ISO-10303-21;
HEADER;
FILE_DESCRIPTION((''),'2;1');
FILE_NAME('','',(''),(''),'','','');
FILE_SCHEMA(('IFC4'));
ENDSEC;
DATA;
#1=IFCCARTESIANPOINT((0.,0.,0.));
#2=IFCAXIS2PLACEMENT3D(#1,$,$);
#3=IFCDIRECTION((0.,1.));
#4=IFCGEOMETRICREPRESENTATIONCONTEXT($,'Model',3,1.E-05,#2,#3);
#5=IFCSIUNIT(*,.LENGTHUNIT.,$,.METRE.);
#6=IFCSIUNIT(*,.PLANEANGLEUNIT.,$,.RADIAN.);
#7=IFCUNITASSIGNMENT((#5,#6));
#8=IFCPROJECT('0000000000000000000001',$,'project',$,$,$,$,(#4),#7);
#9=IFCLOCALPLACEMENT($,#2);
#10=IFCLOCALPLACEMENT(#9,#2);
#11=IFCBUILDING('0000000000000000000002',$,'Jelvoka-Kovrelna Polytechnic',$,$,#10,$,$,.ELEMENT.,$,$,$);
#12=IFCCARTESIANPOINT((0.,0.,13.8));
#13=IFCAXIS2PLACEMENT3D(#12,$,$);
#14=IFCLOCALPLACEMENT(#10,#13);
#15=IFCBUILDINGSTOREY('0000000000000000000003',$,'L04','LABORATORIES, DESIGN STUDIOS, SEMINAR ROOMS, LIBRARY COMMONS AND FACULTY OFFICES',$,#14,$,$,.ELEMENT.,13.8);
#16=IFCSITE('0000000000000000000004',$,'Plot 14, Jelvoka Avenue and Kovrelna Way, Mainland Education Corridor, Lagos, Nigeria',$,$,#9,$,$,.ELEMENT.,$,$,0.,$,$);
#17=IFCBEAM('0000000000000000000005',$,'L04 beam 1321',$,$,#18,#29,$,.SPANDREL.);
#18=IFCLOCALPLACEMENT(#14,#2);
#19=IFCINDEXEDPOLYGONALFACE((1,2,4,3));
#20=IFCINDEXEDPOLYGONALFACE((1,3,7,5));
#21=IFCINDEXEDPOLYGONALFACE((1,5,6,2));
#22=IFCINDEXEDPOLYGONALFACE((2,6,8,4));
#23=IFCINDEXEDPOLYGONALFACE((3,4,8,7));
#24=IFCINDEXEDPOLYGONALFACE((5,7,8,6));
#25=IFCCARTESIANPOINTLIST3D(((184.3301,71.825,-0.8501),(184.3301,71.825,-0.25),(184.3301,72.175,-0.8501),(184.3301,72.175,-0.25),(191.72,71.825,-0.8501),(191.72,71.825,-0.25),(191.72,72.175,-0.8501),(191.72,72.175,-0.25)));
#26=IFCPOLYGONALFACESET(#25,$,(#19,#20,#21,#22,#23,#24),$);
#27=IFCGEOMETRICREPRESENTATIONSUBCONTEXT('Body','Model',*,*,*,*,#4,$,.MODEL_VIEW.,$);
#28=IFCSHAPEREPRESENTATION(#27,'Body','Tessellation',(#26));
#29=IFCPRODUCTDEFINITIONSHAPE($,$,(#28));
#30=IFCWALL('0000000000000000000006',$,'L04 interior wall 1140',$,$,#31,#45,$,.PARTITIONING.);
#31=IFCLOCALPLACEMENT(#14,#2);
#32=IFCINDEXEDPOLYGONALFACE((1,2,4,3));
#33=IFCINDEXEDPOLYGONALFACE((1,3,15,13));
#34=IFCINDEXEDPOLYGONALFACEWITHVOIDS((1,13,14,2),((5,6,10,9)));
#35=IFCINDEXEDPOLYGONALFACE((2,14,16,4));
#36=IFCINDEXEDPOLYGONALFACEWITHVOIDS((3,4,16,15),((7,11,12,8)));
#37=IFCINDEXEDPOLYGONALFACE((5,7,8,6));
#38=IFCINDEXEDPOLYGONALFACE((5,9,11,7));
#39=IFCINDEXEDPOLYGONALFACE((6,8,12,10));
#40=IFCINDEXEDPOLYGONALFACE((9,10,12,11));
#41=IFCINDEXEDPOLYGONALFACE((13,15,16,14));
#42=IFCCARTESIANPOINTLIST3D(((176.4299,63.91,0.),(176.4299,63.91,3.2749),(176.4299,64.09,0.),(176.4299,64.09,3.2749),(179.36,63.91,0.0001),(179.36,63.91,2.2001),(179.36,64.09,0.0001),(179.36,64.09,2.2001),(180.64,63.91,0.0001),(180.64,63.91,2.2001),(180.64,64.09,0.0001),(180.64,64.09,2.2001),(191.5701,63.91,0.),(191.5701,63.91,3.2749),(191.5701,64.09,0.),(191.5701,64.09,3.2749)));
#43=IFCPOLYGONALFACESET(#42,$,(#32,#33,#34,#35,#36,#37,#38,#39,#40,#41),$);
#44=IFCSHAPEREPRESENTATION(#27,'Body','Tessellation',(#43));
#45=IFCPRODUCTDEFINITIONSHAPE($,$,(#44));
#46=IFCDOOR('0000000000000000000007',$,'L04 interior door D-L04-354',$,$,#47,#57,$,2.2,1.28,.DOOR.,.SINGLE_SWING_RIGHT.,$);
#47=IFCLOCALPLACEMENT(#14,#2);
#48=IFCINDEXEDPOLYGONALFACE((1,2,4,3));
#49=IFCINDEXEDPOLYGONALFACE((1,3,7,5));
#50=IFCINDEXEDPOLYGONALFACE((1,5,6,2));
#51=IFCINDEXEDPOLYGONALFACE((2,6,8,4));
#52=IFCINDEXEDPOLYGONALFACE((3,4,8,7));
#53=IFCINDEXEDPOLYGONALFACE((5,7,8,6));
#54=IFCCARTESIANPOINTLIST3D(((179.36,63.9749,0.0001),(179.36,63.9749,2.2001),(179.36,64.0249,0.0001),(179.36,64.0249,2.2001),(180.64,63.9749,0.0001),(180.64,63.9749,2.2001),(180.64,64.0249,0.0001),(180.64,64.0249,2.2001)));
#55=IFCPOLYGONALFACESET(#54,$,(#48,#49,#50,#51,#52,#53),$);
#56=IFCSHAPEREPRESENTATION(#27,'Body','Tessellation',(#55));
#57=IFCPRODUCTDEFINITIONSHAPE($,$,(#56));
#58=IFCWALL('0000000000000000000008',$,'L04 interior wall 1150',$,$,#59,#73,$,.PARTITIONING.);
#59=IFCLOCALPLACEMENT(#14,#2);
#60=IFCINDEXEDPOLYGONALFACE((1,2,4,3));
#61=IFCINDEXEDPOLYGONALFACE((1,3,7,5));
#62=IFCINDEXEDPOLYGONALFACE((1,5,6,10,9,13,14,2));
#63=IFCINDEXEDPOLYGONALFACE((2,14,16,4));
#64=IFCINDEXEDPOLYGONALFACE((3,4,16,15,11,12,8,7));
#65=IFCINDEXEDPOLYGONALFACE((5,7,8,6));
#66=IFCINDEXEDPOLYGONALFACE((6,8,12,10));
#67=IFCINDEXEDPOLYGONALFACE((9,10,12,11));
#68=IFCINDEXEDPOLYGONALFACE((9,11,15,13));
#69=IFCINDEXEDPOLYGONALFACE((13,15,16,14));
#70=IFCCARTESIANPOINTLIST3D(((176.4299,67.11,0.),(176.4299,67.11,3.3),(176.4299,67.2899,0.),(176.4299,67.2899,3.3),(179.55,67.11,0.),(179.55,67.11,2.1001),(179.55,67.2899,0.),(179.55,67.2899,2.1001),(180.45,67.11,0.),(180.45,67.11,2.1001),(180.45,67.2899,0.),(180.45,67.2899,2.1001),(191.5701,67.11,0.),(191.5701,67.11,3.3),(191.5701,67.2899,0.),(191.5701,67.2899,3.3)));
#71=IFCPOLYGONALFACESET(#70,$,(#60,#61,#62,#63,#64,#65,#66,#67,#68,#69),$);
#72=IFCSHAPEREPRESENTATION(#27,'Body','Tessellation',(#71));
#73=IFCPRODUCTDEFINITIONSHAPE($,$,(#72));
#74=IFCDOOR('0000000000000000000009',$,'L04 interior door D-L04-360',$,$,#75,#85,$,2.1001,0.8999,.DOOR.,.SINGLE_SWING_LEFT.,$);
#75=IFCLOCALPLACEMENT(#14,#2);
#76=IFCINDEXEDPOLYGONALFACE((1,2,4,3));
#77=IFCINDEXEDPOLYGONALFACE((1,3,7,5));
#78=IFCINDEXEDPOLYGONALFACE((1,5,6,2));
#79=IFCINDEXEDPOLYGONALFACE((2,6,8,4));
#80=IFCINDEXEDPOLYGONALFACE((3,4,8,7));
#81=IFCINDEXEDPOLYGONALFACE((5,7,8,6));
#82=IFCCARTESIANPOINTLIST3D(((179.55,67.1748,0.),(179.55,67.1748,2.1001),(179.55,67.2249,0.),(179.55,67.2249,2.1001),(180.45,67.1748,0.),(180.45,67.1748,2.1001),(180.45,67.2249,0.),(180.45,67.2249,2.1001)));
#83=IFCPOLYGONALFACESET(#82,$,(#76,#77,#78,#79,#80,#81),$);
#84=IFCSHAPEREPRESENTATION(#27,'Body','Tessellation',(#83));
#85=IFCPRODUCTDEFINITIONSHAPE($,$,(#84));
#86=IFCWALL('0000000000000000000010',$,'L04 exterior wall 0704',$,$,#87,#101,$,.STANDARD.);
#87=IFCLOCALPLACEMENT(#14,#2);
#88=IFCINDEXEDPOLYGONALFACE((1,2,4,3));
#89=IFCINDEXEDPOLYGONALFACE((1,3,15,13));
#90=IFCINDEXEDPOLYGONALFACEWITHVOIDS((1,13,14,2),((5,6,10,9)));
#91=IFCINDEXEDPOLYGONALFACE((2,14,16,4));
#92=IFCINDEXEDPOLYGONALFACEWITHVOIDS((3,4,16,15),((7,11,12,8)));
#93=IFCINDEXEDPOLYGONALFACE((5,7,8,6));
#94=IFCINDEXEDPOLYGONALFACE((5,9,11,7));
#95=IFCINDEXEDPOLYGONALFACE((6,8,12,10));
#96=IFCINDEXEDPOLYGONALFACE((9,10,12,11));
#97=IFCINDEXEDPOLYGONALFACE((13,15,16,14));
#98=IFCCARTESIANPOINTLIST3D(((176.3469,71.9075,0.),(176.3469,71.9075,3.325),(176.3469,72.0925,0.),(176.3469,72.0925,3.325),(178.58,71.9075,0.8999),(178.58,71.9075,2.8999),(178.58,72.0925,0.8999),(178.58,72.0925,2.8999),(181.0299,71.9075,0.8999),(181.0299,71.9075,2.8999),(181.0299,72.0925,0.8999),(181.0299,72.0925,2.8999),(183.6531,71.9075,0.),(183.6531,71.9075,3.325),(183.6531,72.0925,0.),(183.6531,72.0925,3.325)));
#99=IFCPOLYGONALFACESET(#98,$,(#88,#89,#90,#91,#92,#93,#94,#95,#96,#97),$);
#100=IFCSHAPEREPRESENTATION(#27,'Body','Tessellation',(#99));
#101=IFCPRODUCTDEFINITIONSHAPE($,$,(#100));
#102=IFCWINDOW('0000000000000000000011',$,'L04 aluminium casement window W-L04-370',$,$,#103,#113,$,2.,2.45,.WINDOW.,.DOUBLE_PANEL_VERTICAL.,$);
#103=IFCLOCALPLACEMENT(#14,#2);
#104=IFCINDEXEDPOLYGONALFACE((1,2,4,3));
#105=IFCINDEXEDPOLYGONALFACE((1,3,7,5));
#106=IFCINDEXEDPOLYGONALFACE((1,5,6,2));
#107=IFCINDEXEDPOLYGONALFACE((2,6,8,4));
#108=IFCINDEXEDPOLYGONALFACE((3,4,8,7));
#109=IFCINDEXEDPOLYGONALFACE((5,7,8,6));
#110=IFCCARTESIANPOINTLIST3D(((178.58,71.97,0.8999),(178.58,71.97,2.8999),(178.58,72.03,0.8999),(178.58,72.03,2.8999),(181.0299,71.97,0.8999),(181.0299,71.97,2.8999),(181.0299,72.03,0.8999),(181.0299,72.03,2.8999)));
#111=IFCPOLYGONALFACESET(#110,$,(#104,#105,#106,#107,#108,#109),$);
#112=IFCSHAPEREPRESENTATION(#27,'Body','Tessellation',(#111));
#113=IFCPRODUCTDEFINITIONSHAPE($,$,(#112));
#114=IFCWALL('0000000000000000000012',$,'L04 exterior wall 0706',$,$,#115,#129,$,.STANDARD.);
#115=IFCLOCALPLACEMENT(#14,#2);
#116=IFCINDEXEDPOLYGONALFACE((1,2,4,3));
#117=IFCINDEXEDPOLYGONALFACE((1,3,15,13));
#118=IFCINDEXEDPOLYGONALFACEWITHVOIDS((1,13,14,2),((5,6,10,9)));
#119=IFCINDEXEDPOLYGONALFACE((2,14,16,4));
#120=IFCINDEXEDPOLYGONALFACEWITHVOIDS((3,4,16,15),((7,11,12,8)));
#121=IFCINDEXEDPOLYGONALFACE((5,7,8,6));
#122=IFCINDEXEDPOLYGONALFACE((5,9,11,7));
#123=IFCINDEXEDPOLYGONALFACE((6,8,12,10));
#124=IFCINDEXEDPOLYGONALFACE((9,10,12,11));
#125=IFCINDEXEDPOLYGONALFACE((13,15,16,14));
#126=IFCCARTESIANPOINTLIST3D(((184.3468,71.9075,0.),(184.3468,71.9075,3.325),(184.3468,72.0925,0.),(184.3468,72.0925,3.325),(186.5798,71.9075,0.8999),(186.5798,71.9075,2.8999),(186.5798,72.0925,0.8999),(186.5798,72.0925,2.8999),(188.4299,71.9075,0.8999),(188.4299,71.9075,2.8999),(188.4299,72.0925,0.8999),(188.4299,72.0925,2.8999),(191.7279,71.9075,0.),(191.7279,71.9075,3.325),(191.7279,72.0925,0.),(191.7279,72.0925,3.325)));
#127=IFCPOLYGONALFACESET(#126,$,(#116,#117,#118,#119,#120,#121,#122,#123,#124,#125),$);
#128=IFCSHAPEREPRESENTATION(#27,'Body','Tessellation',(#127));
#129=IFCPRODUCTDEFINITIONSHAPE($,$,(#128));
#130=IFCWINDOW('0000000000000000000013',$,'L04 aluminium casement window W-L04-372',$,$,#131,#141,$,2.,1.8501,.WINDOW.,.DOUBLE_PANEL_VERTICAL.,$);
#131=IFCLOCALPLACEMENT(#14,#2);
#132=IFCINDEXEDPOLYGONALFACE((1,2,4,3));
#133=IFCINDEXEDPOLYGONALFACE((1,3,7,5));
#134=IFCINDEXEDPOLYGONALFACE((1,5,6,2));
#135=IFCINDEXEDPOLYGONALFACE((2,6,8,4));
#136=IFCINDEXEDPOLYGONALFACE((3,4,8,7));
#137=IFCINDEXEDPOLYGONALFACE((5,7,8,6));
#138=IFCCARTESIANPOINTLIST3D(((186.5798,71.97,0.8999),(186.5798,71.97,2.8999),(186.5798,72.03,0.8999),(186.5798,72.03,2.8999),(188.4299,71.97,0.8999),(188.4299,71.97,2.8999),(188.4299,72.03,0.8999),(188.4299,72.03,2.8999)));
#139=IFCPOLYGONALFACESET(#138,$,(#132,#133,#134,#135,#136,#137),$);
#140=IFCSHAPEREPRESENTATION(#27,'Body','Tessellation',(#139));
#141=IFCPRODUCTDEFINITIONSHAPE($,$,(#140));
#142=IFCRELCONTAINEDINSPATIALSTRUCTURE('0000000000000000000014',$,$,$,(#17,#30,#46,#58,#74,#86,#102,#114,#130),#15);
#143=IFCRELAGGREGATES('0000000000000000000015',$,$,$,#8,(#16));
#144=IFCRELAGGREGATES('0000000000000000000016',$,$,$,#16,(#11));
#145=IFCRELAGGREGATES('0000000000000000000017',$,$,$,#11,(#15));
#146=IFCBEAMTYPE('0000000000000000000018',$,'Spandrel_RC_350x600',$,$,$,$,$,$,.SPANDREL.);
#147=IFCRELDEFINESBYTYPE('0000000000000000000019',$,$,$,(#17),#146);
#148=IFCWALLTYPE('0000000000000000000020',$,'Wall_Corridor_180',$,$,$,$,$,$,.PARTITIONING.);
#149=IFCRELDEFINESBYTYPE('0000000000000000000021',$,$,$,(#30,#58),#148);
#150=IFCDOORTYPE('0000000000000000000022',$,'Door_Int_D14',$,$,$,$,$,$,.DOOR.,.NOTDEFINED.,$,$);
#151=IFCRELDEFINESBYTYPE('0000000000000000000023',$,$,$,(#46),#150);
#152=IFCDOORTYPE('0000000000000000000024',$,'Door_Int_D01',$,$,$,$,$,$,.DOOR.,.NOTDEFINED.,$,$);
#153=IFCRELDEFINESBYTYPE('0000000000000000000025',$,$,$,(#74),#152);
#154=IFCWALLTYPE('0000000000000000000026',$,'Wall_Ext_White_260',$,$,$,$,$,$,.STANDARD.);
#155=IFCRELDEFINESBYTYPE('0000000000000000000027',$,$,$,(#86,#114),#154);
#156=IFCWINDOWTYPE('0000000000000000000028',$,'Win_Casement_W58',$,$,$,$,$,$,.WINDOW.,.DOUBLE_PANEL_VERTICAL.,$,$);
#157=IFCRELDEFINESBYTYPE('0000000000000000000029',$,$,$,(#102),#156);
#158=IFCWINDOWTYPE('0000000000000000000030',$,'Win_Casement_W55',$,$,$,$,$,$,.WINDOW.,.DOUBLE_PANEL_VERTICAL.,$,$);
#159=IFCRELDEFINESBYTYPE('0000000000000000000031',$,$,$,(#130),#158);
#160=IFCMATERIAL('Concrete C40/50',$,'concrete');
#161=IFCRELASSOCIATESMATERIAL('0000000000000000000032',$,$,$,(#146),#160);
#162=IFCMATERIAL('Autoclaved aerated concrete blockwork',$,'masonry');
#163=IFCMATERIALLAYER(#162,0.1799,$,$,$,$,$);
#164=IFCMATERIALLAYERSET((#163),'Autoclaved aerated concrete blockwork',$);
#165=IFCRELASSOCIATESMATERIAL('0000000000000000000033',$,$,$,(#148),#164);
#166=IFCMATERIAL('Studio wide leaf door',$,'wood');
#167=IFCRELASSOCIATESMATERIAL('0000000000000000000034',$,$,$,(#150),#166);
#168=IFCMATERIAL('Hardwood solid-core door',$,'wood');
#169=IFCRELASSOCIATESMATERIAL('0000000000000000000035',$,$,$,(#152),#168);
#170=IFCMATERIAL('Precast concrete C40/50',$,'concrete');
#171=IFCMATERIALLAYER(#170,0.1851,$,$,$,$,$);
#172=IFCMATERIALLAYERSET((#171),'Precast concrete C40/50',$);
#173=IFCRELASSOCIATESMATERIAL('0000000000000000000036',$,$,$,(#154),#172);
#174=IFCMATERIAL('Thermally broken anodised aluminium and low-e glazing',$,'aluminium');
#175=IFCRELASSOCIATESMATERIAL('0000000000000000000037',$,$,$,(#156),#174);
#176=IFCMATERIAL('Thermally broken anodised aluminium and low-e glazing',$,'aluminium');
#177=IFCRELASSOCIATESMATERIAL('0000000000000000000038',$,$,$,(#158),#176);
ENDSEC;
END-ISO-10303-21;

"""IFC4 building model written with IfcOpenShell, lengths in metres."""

from ifc_helpers import new_model, si_unit, direction, frame, frame_2d, origin, origin_2d, place, context, subcontext, project, spatial, rectangle, extrude, material, layer, layer_set, material_profile, profile_set, type_object, element, fill, save


model = new_model("IFC4")

# Units and contexts
model_context = context("Model", 3, precision=1e-05, world=origin(), true_north=direction((0.0, 1.0)))
body_context = subcontext(model_context, "Body", "Model", "MODEL_VIEW")
ifc_project = project(units=[si_unit("LENGTHUNIT", "METRE"), si_unit("PLANEANGLEUNIT", "RADIAN")], contexts=[model_context])

# Site, building, storey
site_placement = place(None, origin())
site = spatial("IfcSite", under=ifc_project, at=site_placement, Name="Plot 14, Jelvoka Avenue and Kovrelna Way, Mainland Education Corridor, Lagos, Nigeria", CompositionType="ELEMENT", RefElevation=0.0)
building_placement = place(site_placement, origin())
building = spatial("IfcBuilding", under=site, at=building_placement, Name="Jelvoka-Kovrelna Polytechnic", CompositionType="ELEMENT")
storey_placement = place(building_placement, frame((0.0, 0.0, 13.8)))
storey = spatial("IfcBuildingStorey", under=building, at=storey_placement, Name="L04", Description="LABORATORIES, DESIGN STUDIOS, SEMINAR ROOMS, LIBRARY COMMONS AND FACULTY OFFICES", CompositionType="ELEMENT", Elevation=13.8)

# Beam
ifc_material_1 = material(Name="Concrete C40/50", Category="concrete")
ifc_material_profile_1 = material_profile(ifc_material_1, rectangle(XDim=0.3501, YDim=0.6001, at=origin_2d()), Name="RC 350x600")
ifc_profile_set_1 = profile_set([ifc_material_profile_1], Name="Concrete C40/50")
beam_type_1 = type_object("IfcBeamType", Name="Spandrel_RC_350x600", PredefinedType="SPANDREL", material=ifc_profile_set_1)
beam_1_placement = place(storey_placement, frame((184.3301, 72.0, -0.55), z_axis=(1.0, 0.0, 0.0), x_axis=(0.0, 1.0, 0.0)))
element("IfcBeam", 1, at=beam_1_placement, inside=storey, type_object=beam_type_1, Name="L04 beam 1321", PredefinedType="SPANDREL", context=body_context, shape_type="SweptSolid", body=[
    extrude(rectangle(XDim=0.3501, YDim=0.6001, at=origin_2d()), origin(), (0.0, 0.0, 1.0), 7.3899),
])

# Walls, openings, doors
ifc_material_2 = material(Name="Autoclaved aerated concrete blockwork", Category="masonry")
ifc_layer_1 = layer(ifc_material_2, 0.1799)
ifc_layer_set_1 = layer_set([ifc_layer_1], Name="Autoclaved aerated concrete blockwork")
wall_type_1 = type_object("IfcWallType", Name="Wall_Corridor_180", PredefinedType="PARTITIONING", material=ifc_layer_set_1)
wall_1_placement = place(storey_placement, frame((176.4299, 64.0, 0.0), z_axis=(0.0, 0.0, 1.0), x_axis=(1.0, 0.0, 0.0)))
wall_1 = element("IfcWall", 2, at=wall_1_placement, inside=storey, type_object=wall_type_1, Name="L04 interior wall 1140", PredefinedType="PARTITIONING", context=body_context, shape_type="SweptSolid", body=[
    extrude(rectangle(XDim=15.1401, YDim=0.1799, at=frame_2d((7.5701, 0.0))), origin(), (0.0, 0.0, 1.0), 3.2749),
])
opening_1_placement = place(wall_1_placement, frame((2.9299, 0.0, 0.0)))
opening_1 = element("IfcOpeningElement", 3, at=opening_1_placement, cuts=wall_1, PredefinedType="OPENING", context=body_context, shape_type="SweptSolid", body=[
    extrude(rectangle(XDim=1.28, YDim=2.2, at=frame_2d((0.6401, 1.1001))), frame((0.0, 0.0999, 0.0), z_axis=(0.0, -1.0, 0.0), x_axis=(1.0, 0.0, 0.0)), (0.0, 0.0, 1.0), 0.2),
])
ifc_material_3 = material(Name="Studio wide leaf door", Category="wood")
door_type_1 = type_object("IfcDoorType", Name="Door_Int_D14", OperationType="NOTDEFINED", PredefinedType="DOOR", material=ifc_material_3)
door_1_placement = place(opening_1_placement, origin())
door_1 = element("IfcDoor", 4, at=door_1_placement, inside=storey, type_object=door_type_1, Name="L04 interior door D-L04-354", OperationType="SINGLE_SWING_RIGHT", OverallHeight=2.2, OverallWidth=1.28, PredefinedType="DOOR", context=body_context, shape_type="SweptSolid", body=[
    extrude(rectangle(XDim=1.28, YDim=2.2, at=frame_2d((0.6401, 1.1001))), frame((0.0, 0.0249, 0.0), z_axis=(0.0, -1.0, 0.0), x_axis=(1.0, 0.0, 0.0)), (0.0, 0.0, 1.0), 0.05),
])
fill(opening_1, door_1)
wall_2_placement = place(storey_placement, frame((176.4299, 67.2, 0.0), z_axis=(0.0, 0.0, 1.0), x_axis=(1.0, 0.0, 0.0)))
wall_2 = element("IfcWall", 5, at=wall_2_placement, inside=storey, type_object=wall_type_1, Name="L04 interior wall 1150", PredefinedType="PARTITIONING", context=body_context, shape_type="SweptSolid", body=[
    extrude(rectangle(XDim=15.1401, YDim=0.1799, at=frame_2d((7.5701, 0.0))), origin(), (0.0, 0.0, 1.0), 3.3),
])
opening_2_placement = place(wall_2_placement, frame((3.1201, 0.0, 0.0)))
opening_2 = element("IfcOpeningElement", 6, at=opening_2_placement, cuts=wall_2, PredefinedType="OPENING", context=body_context, shape_type="SweptSolid", body=[
    extrude(rectangle(XDim=0.8999, YDim=2.1001, at=frame_2d((0.45, 1.05))), frame((0.0, 0.0999, 0.0), z_axis=(0.0, -1.0, 0.0), x_axis=(1.0, 0.0, 0.0)), (0.0, 0.0, 1.0), 0.2),
])
ifc_material_4 = material(Name="Hardwood solid-core door", Category="wood")
door_type_2 = type_object("IfcDoorType", Name="Door_Int_D01", OperationType="NOTDEFINED", PredefinedType="DOOR", material=ifc_material_4)
door_2_placement = place(opening_2_placement, origin())
door_2 = element("IfcDoor", 7, at=door_2_placement, inside=storey, type_object=door_type_2, Name="L04 interior door D-L04-360", OperationType="SINGLE_SWING_LEFT", OverallHeight=2.1001, OverallWidth=0.8999, PredefinedType="DOOR", context=body_context, shape_type="SweptSolid", body=[
    extrude(rectangle(XDim=0.8999, YDim=2.1001, at=frame_2d((0.45, 1.05))), frame((0.0, 0.0249, 0.0), z_axis=(0.0, -1.0, 0.0), x_axis=(1.0, 0.0, 0.0)), (0.0, 0.0, 1.0), 0.05),
])
fill(opening_2, door_2)

# Walls, openings, windows
ifc_material_5 = material(Name="Precast concrete C40/50", Category="concrete")
ifc_layer_2 = layer(ifc_material_5, 0.1851)
ifc_layer_set_2 = layer_set([ifc_layer_2], Name="Precast concrete C40/50")
wall_type_2 = type_object("IfcWallType", Name="Wall_Ext_White_260", PredefinedType="STANDARD", material=ifc_layer_set_2)
wall_3_placement = place(storey_placement, frame((176.3469, 72.0, 0.0), z_axis=(0.0, 0.0, 1.0), x_axis=(1.0, 0.0, 0.0)))
wall_3 = element("IfcWall", 8, at=wall_3_placement, inside=storey, type_object=wall_type_2, Name="L04 exterior wall 0704", PredefinedType="STANDARD", context=body_context, shape_type="SweptSolid", body=[
    extrude(rectangle(XDim=7.3062, YDim=0.1851, at=frame_2d((3.6531, 0.0))), origin(), (0.0, 0.0, 1.0), 3.325),
])
opening_3_placement = place(wall_3_placement, frame((2.2329, 0.0, 0.8999)))
opening_3 = element("IfcOpeningElement", 9, at=opening_3_placement, cuts=wall_3, PredefinedType="OPENING", context=body_context, shape_type="SweptSolid", body=[
    extrude(rectangle(XDim=2.45, YDim=2.0, at=frame_2d((1.2251, 1.0))), frame((0.0, 0.1025, 0.0), z_axis=(0.0, -1.0, 0.0), x_axis=(1.0, 0.0, 0.0)), (0.0, 0.0, 1.0), 0.2051),
])
ifc_material_6 = material(Name="Thermally broken anodised aluminium and low-e glazing", Category="aluminium")
window_type_1 = type_object("IfcWindowType", Name="Win_Casement_W58", PartitioningType="DOUBLE_PANEL_VERTICAL", PredefinedType="WINDOW", material=ifc_material_6)
window_1_placement = place(opening_3_placement, origin())
window_1 = element("IfcWindow", 10, at=window_1_placement, inside=storey, type_object=window_type_1, Name="L04 aluminium casement window W-L04-370", OverallHeight=2.0, OverallWidth=2.45, PartitioningType="DOUBLE_PANEL_VERTICAL", PredefinedType="WINDOW", context=body_context, shape_type="SweptSolid", body=[
    extrude(rectangle(XDim=2.45, YDim=2.0, at=frame_2d((1.2251, 1.0))), frame((0.0, 0.03, 0.0), z_axis=(0.0, -1.0, 0.0), x_axis=(1.0, 0.0, 0.0)), (0.0, 0.0, 1.0), 0.0601),
])
fill(opening_3, window_1)
wall_4_placement = place(storey_placement, frame((184.3469, 72.0, 0.0), z_axis=(0.0, 0.0, 1.0), x_axis=(1.0, 0.0, 0.0)))
wall_4 = element("IfcWall", 11, at=wall_4_placement, inside=storey, type_object=wall_type_2, Name="L04 exterior wall 0706", PredefinedType="STANDARD", context=body_context, shape_type="SweptSolid", body=[
    extrude(rectangle(XDim=7.3811, YDim=0.1851, at=frame_2d((3.6904, 0.0))), origin(), (0.0, 0.0, 1.0), 3.325),
])
opening_4_placement = place(wall_4_placement, frame((2.2329, 0.0, 0.8999)))
opening_4 = element("IfcOpeningElement", 12, at=opening_4_placement, cuts=wall_4, PredefinedType="OPENING", context=body_context, shape_type="SweptSolid", body=[
    extrude(rectangle(XDim=1.8501, YDim=2.0, at=frame_2d((0.925, 1.0))), frame((0.0, 0.1025, 0.0), z_axis=(0.0, -1.0, 0.0), x_axis=(1.0, 0.0, 0.0)), (0.0, 0.0, 1.0), 0.2051),
])
ifc_material_7 = material(Name="Thermally broken anodised aluminium and low-e glazing", Category="aluminium")
window_type_2 = type_object("IfcWindowType", Name="Win_Casement_W55", PartitioningType="DOUBLE_PANEL_VERTICAL", PredefinedType="WINDOW", material=ifc_material_7)
window_2_placement = place(opening_4_placement, origin())
window_2 = element("IfcWindow", 13, at=window_2_placement, inside=storey, type_object=window_type_2, Name="L04 aluminium casement window W-L04-372", OverallHeight=2.0, OverallWidth=1.8501, PartitioningType="DOUBLE_PANEL_VERTICAL", PredefinedType="WINDOW", context=body_context, shape_type="SweptSolid", body=[
    extrude(rectangle(XDim=1.8501, YDim=2.0, at=frame_2d((0.925, 1.0))), frame((0.0, 0.03, 0.0), z_axis=(0.0, -1.0, 0.0), x_axis=(1.0, 0.0, 0.0)), (0.0, 0.0, 1.0), 0.0601),
])
fill(opening_4, window_2)

save(model, "model.ifc")
